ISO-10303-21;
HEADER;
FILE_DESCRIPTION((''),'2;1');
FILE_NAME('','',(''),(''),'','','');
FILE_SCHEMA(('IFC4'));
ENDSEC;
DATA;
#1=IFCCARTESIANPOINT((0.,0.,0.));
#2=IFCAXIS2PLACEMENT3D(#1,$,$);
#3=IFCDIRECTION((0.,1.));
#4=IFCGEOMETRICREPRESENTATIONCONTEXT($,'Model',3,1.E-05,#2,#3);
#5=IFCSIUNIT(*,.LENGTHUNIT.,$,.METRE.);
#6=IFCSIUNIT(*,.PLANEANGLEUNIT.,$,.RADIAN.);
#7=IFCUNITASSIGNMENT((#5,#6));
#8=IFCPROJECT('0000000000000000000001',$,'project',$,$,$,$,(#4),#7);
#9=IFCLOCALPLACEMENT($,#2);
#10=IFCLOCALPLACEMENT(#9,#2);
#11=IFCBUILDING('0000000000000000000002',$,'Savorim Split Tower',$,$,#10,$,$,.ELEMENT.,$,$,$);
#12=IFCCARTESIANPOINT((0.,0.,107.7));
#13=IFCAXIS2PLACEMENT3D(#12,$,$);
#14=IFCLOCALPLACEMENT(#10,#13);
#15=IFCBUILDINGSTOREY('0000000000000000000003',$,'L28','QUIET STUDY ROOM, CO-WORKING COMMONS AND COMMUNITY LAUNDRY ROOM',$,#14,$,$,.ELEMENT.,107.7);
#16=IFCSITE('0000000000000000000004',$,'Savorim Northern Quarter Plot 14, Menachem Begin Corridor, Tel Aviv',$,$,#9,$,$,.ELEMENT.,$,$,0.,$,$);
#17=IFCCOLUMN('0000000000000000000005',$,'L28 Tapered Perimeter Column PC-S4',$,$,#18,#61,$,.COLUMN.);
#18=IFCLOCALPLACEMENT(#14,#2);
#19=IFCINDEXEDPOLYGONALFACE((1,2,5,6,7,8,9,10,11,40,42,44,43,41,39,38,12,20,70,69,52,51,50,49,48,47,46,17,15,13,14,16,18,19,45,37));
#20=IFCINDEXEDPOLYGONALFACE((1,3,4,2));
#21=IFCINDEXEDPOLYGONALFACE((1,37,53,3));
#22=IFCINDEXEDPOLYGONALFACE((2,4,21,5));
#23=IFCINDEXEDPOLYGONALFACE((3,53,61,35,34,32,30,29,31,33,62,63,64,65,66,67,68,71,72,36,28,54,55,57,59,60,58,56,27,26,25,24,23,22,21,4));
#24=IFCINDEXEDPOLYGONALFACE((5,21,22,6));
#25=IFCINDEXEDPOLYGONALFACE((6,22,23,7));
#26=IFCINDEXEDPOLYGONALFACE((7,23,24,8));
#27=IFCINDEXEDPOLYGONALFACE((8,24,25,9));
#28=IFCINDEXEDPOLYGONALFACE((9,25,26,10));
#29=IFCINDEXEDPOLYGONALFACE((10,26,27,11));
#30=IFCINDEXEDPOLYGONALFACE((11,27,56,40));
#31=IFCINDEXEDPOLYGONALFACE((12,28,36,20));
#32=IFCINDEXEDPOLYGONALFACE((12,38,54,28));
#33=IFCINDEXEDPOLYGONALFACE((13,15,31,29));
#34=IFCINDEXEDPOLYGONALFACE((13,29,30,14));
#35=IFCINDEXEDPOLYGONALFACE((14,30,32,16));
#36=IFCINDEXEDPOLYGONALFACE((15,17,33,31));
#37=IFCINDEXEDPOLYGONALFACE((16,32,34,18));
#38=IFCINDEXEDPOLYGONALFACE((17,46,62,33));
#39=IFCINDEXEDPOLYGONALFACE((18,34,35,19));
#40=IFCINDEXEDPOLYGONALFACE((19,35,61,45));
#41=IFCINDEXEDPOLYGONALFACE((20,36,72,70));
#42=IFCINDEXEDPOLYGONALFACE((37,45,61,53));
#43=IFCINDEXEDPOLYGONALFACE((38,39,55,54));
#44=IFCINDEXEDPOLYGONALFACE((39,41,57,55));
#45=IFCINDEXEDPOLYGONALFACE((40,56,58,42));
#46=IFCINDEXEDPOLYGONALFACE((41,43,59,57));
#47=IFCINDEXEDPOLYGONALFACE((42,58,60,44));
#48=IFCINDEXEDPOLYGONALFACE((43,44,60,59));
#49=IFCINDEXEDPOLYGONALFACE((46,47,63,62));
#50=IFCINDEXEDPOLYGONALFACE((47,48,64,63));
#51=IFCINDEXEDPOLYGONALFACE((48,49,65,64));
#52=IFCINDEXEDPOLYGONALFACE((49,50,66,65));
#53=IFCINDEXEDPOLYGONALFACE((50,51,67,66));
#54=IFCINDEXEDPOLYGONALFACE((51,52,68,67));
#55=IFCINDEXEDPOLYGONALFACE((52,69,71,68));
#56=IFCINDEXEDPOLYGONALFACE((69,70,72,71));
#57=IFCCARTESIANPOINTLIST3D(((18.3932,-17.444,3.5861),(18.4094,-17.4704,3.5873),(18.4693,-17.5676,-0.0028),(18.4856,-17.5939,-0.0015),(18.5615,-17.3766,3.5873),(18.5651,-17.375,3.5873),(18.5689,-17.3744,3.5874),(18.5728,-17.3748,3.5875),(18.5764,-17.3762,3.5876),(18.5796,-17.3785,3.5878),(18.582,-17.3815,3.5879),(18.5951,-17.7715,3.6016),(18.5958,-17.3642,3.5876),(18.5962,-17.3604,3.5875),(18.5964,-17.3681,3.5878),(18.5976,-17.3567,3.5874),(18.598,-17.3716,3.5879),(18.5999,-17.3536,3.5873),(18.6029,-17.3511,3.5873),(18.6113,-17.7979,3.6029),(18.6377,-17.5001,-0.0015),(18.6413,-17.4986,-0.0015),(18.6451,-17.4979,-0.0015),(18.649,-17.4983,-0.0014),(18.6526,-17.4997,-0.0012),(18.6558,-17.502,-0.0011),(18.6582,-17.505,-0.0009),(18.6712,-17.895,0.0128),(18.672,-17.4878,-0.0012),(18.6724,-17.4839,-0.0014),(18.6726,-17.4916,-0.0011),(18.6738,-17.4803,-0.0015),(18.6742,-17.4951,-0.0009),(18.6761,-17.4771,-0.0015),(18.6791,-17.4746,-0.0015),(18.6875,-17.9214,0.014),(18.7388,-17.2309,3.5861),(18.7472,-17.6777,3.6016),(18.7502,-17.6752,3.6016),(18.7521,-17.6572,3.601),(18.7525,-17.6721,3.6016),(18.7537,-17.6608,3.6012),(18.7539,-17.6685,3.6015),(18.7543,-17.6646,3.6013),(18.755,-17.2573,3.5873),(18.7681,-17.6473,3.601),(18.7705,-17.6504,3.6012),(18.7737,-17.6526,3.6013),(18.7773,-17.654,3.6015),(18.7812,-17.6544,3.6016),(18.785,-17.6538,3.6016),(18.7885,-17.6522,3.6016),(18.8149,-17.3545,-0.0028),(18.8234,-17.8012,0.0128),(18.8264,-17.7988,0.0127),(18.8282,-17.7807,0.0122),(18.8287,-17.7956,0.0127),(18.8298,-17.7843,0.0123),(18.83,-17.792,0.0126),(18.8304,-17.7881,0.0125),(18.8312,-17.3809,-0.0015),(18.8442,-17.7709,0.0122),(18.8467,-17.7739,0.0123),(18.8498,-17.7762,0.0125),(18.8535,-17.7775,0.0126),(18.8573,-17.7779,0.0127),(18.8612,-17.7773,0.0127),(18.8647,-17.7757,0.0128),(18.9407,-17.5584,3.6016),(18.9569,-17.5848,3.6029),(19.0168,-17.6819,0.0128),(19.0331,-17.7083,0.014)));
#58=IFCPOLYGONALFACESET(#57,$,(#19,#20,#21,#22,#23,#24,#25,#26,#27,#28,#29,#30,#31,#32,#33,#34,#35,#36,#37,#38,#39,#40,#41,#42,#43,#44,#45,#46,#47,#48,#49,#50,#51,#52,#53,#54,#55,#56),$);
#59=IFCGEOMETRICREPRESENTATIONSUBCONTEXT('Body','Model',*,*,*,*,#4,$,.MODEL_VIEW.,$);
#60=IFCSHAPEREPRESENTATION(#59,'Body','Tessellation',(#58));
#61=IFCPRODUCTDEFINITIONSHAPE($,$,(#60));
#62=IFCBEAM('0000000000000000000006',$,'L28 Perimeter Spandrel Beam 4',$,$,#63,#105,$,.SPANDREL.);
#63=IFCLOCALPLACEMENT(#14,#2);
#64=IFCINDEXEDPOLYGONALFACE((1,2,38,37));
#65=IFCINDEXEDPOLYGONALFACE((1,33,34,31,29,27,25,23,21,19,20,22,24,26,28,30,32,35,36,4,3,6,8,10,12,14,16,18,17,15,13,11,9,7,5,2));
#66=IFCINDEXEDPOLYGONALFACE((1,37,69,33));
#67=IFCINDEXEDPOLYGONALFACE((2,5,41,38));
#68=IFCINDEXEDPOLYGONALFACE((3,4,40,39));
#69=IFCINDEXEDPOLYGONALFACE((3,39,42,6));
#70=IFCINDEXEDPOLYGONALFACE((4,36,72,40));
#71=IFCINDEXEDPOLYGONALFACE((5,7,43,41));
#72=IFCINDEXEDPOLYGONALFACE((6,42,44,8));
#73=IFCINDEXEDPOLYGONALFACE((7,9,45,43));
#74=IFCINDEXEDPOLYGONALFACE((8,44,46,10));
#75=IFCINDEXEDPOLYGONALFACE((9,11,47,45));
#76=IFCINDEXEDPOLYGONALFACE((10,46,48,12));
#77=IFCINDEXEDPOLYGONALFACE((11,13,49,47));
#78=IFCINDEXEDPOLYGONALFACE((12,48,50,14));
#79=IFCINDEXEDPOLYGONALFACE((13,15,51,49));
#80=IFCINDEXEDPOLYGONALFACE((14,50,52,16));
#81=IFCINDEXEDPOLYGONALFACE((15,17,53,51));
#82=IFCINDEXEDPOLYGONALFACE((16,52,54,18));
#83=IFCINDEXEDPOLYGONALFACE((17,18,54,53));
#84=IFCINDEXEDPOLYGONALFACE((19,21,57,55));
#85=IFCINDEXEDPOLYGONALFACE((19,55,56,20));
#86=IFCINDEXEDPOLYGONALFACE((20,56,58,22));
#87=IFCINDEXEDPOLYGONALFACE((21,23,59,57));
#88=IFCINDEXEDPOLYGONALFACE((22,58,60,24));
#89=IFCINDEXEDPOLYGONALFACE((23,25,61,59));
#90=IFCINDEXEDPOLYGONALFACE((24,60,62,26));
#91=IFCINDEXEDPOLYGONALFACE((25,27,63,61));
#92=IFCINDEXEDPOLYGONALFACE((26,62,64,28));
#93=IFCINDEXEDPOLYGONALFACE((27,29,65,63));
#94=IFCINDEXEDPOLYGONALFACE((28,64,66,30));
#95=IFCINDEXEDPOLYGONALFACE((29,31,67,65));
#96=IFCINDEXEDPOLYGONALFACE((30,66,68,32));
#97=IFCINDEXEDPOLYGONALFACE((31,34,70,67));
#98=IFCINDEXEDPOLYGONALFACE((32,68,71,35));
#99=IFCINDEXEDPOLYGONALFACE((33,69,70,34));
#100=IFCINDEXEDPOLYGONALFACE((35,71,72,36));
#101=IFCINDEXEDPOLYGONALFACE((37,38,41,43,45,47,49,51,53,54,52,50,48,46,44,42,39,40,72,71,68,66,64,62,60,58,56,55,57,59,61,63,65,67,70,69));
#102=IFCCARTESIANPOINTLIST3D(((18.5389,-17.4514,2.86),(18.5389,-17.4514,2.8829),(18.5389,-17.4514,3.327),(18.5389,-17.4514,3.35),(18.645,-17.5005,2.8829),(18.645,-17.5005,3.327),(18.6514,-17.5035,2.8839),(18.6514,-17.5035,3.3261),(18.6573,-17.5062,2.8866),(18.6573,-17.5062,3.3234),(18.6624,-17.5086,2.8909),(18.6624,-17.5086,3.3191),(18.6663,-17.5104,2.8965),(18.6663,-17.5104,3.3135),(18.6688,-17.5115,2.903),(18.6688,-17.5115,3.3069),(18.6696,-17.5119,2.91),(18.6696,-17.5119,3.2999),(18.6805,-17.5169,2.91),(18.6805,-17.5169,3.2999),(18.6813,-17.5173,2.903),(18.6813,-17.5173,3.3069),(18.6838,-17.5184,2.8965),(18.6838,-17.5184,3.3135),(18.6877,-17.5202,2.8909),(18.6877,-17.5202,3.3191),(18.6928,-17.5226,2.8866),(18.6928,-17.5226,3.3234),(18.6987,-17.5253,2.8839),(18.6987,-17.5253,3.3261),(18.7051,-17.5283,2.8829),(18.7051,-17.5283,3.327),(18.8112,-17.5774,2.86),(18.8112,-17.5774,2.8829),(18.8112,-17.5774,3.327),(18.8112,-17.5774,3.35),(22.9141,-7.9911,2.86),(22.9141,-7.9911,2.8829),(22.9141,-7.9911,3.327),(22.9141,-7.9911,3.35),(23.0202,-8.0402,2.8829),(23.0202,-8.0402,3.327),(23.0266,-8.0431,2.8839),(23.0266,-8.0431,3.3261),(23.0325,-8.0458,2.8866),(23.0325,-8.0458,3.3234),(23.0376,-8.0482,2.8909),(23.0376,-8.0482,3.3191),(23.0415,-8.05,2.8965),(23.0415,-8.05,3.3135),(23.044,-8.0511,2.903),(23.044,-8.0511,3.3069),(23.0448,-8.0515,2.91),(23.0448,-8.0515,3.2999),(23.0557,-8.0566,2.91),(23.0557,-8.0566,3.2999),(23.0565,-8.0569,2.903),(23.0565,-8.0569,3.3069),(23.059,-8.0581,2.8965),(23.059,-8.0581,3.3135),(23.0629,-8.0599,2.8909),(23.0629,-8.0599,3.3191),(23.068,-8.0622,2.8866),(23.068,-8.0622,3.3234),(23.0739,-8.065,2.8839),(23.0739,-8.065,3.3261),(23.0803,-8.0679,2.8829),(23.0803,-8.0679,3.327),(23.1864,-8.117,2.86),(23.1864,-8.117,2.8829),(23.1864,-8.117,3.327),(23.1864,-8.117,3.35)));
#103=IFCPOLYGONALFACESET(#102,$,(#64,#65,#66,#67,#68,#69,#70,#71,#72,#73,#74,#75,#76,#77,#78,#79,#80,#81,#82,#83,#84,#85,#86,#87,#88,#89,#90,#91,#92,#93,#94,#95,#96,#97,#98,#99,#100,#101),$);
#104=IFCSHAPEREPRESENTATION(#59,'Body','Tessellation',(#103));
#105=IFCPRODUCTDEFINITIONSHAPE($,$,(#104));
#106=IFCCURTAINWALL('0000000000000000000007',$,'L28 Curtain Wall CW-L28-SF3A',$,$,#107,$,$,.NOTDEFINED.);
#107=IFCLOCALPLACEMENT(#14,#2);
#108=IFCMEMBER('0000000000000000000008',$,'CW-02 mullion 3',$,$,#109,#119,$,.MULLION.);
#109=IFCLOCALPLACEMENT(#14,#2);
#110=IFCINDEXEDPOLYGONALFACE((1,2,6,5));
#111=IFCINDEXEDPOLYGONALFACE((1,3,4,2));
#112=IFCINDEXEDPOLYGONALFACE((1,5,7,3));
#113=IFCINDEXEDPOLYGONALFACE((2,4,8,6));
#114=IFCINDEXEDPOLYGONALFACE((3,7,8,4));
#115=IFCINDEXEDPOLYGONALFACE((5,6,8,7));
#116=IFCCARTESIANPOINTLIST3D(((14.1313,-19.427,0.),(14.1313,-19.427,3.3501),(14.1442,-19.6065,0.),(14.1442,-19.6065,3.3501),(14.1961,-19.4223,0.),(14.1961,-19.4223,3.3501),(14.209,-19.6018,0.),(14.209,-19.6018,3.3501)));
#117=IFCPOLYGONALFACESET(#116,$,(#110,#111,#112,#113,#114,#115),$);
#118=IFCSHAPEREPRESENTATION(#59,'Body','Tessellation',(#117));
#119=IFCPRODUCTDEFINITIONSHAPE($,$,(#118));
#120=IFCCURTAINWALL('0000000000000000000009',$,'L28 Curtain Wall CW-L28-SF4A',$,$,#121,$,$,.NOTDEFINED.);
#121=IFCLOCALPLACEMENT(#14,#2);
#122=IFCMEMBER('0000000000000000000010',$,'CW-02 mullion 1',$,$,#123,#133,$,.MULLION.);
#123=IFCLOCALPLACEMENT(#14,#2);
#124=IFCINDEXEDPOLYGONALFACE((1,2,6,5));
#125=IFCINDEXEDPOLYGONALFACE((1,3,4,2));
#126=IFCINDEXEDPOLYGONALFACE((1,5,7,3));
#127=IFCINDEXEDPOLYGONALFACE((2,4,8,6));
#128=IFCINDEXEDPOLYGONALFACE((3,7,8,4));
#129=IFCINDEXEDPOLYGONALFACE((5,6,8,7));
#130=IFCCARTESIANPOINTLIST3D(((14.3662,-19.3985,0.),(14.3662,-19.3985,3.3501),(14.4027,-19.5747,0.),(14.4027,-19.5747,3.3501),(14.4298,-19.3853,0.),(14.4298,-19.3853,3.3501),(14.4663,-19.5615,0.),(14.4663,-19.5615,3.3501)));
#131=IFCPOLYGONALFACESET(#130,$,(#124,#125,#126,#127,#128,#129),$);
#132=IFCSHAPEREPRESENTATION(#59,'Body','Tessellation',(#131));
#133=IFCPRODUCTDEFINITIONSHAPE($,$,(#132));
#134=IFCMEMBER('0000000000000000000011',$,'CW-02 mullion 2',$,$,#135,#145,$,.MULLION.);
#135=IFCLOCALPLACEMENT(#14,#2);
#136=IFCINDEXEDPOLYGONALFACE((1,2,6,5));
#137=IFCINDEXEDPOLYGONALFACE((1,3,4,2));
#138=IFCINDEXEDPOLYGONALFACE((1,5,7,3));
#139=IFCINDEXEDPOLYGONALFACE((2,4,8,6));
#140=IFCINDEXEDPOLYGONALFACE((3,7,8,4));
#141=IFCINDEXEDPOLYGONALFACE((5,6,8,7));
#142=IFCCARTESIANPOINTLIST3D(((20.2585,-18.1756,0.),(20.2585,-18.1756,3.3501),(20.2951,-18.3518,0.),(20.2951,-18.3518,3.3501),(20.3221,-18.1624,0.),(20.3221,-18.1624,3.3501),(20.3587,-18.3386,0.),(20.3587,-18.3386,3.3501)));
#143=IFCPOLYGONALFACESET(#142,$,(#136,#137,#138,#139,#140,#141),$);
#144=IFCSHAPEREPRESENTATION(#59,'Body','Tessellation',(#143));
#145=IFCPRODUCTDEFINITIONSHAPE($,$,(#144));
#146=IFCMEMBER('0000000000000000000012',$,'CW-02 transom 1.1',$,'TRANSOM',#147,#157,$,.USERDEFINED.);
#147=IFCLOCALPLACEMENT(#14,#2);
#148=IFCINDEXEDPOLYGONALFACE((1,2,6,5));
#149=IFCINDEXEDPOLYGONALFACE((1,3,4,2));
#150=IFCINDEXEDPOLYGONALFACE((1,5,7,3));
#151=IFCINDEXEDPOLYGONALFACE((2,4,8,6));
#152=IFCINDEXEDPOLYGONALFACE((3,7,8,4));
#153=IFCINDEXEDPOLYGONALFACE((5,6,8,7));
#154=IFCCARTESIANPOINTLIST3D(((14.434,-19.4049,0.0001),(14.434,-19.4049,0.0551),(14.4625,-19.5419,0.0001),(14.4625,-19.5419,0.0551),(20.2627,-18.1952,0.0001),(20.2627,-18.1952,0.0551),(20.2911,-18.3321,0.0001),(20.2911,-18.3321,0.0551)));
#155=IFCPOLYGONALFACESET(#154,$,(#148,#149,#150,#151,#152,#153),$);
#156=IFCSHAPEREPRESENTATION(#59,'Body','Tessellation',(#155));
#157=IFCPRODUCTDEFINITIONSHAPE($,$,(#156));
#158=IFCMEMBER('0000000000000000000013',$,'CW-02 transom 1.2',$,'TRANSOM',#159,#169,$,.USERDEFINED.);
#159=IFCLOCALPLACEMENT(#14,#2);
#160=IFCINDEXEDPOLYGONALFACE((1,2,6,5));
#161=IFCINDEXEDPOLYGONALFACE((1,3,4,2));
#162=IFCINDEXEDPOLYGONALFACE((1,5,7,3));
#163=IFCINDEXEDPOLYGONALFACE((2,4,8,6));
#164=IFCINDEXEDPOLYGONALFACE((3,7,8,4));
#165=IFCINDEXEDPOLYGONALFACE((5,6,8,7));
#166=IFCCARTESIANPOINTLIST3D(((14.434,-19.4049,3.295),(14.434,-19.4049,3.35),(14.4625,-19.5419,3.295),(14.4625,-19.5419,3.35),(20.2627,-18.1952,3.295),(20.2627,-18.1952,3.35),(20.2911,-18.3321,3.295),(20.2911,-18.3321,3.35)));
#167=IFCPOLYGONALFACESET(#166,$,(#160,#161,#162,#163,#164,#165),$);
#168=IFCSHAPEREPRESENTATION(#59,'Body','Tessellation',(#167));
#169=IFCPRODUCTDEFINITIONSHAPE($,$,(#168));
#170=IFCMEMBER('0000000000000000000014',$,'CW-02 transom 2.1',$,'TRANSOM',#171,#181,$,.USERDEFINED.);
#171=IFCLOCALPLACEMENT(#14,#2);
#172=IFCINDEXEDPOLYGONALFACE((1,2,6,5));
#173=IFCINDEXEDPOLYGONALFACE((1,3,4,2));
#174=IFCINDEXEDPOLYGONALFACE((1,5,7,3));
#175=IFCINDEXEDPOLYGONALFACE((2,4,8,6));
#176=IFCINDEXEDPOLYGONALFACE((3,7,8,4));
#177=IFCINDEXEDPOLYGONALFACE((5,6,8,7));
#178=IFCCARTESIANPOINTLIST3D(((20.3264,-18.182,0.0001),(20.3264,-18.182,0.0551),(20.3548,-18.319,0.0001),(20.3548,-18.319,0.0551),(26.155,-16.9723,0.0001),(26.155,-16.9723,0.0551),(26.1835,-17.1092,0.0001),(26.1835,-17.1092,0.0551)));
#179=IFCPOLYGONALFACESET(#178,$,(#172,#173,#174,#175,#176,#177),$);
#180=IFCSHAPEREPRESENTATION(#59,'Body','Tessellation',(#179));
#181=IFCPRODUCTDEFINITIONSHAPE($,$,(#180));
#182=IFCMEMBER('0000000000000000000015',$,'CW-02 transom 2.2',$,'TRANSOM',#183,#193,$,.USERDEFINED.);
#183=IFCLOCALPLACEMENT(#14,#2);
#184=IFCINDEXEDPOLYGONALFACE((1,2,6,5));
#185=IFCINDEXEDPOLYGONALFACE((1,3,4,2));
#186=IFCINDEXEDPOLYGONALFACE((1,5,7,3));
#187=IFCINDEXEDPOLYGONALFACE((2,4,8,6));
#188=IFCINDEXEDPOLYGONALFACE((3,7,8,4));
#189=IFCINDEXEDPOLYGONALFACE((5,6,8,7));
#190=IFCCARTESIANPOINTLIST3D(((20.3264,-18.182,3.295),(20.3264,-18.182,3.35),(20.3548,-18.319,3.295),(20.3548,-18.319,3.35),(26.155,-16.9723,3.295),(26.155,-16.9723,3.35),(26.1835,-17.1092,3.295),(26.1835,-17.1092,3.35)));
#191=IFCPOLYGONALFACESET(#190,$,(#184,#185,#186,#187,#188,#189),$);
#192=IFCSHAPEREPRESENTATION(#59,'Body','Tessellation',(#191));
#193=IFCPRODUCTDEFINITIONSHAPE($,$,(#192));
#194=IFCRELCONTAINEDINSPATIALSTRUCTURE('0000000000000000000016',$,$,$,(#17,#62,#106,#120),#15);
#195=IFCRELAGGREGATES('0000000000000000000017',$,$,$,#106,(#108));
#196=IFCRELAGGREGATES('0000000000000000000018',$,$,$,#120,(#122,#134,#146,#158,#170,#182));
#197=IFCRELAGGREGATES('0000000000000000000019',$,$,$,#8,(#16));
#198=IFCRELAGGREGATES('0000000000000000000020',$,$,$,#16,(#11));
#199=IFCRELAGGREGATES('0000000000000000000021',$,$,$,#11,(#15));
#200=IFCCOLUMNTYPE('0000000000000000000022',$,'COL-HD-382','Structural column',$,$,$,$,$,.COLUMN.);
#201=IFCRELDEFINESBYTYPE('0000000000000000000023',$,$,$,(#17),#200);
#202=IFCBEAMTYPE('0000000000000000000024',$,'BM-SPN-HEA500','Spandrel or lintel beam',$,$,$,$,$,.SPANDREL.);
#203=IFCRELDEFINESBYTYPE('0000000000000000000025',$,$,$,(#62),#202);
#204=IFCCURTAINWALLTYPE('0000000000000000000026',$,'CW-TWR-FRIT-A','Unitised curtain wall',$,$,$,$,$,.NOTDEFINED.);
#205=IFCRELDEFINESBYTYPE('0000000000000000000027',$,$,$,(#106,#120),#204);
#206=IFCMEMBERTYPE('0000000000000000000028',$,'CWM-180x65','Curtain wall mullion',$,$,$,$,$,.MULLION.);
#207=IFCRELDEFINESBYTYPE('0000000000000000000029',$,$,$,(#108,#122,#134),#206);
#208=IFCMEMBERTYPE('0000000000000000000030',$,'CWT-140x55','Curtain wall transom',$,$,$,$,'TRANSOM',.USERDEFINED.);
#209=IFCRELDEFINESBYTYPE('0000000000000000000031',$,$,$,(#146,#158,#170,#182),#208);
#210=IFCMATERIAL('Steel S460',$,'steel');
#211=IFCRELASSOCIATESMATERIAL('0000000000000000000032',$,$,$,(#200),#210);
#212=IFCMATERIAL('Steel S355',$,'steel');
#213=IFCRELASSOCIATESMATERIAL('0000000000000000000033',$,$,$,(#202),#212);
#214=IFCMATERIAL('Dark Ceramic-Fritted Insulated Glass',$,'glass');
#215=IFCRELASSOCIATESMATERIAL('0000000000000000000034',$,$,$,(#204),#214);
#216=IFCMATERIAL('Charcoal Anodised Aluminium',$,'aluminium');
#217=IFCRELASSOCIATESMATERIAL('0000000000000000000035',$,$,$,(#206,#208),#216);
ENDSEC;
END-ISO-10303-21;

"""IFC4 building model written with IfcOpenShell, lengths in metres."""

from ifc_helpers import new_model, si_unit, direction, frame, origin, origin_2d, place, context, subcontext, project, spatial, rectangle, i_section, extrude, material, material_profile, profile_set, type_object, element, aggregate, save


model = new_model("IFC4")

# Units and contexts
model_context = context("Model", 3, precision=1e-05, world=origin(), true_north=direction((0.0, 1.0)))
body_context = subcontext(model_context, "Body", "Model", "MODEL_VIEW")
ifc_project = project(units=[si_unit("LENGTHUNIT", "METRE"), si_unit("PLANEANGLEUNIT", "RADIAN")], contexts=[model_context])

# Site, building, storey
site_placement = place(None, origin())
site = spatial("IfcSite", under=ifc_project, at=site_placement, Name="Savorim Northern Quarter Plot 14, Menachem Begin Corridor, Tel Aviv", CompositionType="ELEMENT", RefElevation=0.0)
building_placement = place(site_placement, origin())
building = spatial("IfcBuilding", under=site, at=building_placement, Name="Savorim Split Tower", CompositionType="ELEMENT")
storey_placement = place(building_placement, frame((0.0, 0.0, 107.7)))
storey = spatial("IfcBuildingStorey", under=building, at=storey_placement, Name="L28", Description="QUIET STUDY ROOM, CO-WORKING COMMONS AND COMMUNITY LAUNDRY ROOM", CompositionType="ELEMENT", Elevation=107.7)

# Column
ifc_material_1 = material(Name="Steel S460", Category="steel")
ifc_material_profile_1 = material_profile(ifc_material_1, i_section(OverallWidth=0.406, OverallDepth=0.416, WebThickness=0.0188, FlangeThickness=0.031, FilletRadius=0.0149, at=origin_2d()), Name="HD 400x382")
ifc_profile_set_1 = profile_set([ifc_material_profile_1], Name="Steel S460")
column_type = type_object("IfcColumnType", Name="COL-HD-382", Description="Structural column", PredefinedType="COLUMN", material=ifc_profile_set_1)
column_placement = place(storey_placement, frame((18.7512, -17.6379, 0.0056), z_axis=(-0.021207, 0.034394, 0.999183), x_axis=(-0.851196, -0.524848, 0.0)))
element("IfcColumn", 1, at=column_placement, inside=storey, type_object=column_type, Name="L28 Tapered Perimeter Column PC-S4", PredefinedType="COLUMN", context=body_context, shape_type="SweptSolid", body=[
    extrude(i_section(OverallWidth=0.406, OverallDepth=0.416, WebThickness=0.0188, FlangeThickness=0.031, FilletRadius=0.0149, at=origin_2d()), origin(), (0.0, 0.0, 1.0), 3.5918),
])

# Beam
ifc_material_2 = material(Name="Steel S355", Category="steel")
ifc_material_profile_2 = material_profile(ifc_material_2, i_section(OverallWidth=0.3, OverallDepth=0.49, WebThickness=0.012, FlangeThickness=0.0229, FilletRadius=0.0271, at=origin_2d()), Name="HEA 500")
ifc_profile_set_2 = profile_set([ifc_material_profile_2], Name="Steel S355")
beam_type = type_object("IfcBeamType", Name="BM-SPN-HEA500", Description="Spandrel or lintel beam", PredefinedType="SPANDREL", material=ifc_profile_set_2)
beam_placement = place(storey_placement, frame((18.675, -17.5144, 3.105), z_axis=(0.419761, 0.907635, 0.0), x_axis=(-0.907635, 0.419761, 0.0)))
element("IfcBeam", 2, at=beam_placement, inside=storey, type_object=beam_type, Name="L28 Perimeter Spandrel Beam 4", PredefinedType="SPANDREL", context=body_context, shape_type="SweptSolid", body=[
    extrude(i_section(OverallWidth=0.3, OverallDepth=0.49, WebThickness=0.012, FlangeThickness=0.0229, FilletRadius=0.0271, at=origin_2d()), origin(), (0.0, 0.0, 1.0), 10.4231),
])

# Curtain wall, member
ifc_material_3 = material(Name="Dark Ceramic-Fritted Insulated Glass", Category="glass")
curtain_wall_type = type_object("IfcCurtainWallType", Name="CW-TWR-FRIT-A", Description="Unitised curtain wall", PredefinedType="NOTDEFINED", material=ifc_material_3)
curtain_wall_1_placement = place(storey_placement, origin())
curtain_wall_1 = element("IfcCurtainWall", 3, at=curtain_wall_1_placement, inside=storey, type_object=curtain_wall_type, Name="L28 Curtain Wall CW-L28-SF3A", PredefinedType="NOTDEFINED")
ifc_material_4 = material(Name="Charcoal Anodised Aluminium", Category="aluminium")
ifc_material_profile_3 = material_profile(ifc_material_4, rectangle(XDim=0.1799, YDim=0.0649, at=origin_2d()), Name="ALU-M 180x65")
ifc_profile_set_3 = profile_set([ifc_material_profile_3], Name="Charcoal Anodised Aluminium")
member_type_1 = type_object("IfcMemberType", Name="CWM-180x65", Description="Curtain wall mullion", PredefinedType="MULLION", material=ifc_profile_set_3)
member_1_placement = place(storey_placement, frame((14.1702, -19.5144, 0.0), z_axis=(0.0, 0.0, 1.0), x_axis=(-0.071559, 0.997436, 0.0)))
member_1 = element("IfcMember", 4, at=member_1_placement, type_object=member_type_1, Name="CW-02 mullion 3", PredefinedType="MULLION", context=body_context, shape_type="SweptSolid", body=[
    extrude(rectangle(XDim=0.1799, YDim=0.0649, at=origin_2d()), origin(), (0.0, 0.0, 1.0), 3.3501),
])
aggregate(curtain_wall_1, [member_1])

# Curtain wall, members
curtain_wall_2_placement = place(storey_placement, origin())
curtain_wall_2 = element("IfcCurtainWall", 5, at=curtain_wall_2_placement, inside=storey, type_object=curtain_wall_type, Name="L28 Curtain Wall CW-L28-SF4A", PredefinedType="NOTDEFINED")
member_2_placement = place(storey_placement, frame((14.4163, -19.48, 0.0), z_axis=(0.0, 0.0, 1.0), x_axis=(-0.203216, 0.979134, 0.0)))
member_2 = element("IfcMember", 6, at=member_2_placement, type_object=member_type_1, Name="CW-02 mullion 1", PredefinedType="MULLION", context=body_context, shape_type="SweptSolid", body=[
    extrude(rectangle(XDim=0.1799, YDim=0.0649, at=origin_2d()), origin(), (0.0, 0.0, 1.0), 3.3501),
])
member_3_placement = place(storey_placement, frame((20.3086, -18.2571, 0.0), z_axis=(0.0, 0.0, 1.0), x_axis=(-0.203216, 0.979134, 0.0)))
member_3 = element("IfcMember", 7, at=member_3_placement, type_object=member_type_1, Name="CW-02 mullion 2", PredefinedType="MULLION", context=body_context, shape_type="SweptSolid", body=[
    extrude(rectangle(XDim=0.1799, YDim=0.0649, at=origin_2d()), origin(), (0.0, 0.0, 1.0), 3.3501),
])
ifc_material_profile_4 = material_profile(ifc_material_4, rectangle(XDim=0.1399, YDim=0.0549, at=origin_2d()), Name="ALU-T 140x55")
ifc_profile_set_4 = profile_set([ifc_material_profile_4], Name="Charcoal Anodised Aluminium")
member_type_2 = type_object("IfcMemberType", Name="CWT-140x55", Description="Curtain wall transom", ElementType="TRANSOM", PredefinedType="USERDEFINED", material=ifc_profile_set_4)
member_4_placement = place(storey_placement, frame((14.4482, -19.4734, 0.0276), z_axis=(0.979134, 0.203217, 0.0), x_axis=(-0.203217, 0.979134, 0.0)))
member_4 = element("IfcMember", 8, at=member_4_placement, type_object=member_type_2, Name="CW-02 transom 1.1", ObjectType="TRANSOM", PredefinedType="USERDEFINED", context=body_context, shape_type="SweptSolid", body=[
    extrude(rectangle(XDim=0.1399, YDim=0.0549, at=origin_2d()), origin(), (0.0, 0.0, 1.0), 5.9529),
])
member_5_placement = place(storey_placement, frame((14.4482, -19.4734, 3.3225), z_axis=(0.979134, 0.203217, 0.0), x_axis=(-0.203217, 0.979134, 0.0)))
member_5 = element("IfcMember", 9, at=member_5_placement, type_object=member_type_2, Name="CW-02 transom 1.2", ObjectType="TRANSOM", PredefinedType="USERDEFINED", context=body_context, shape_type="SweptSolid", body=[
    extrude(rectangle(XDim=0.1399, YDim=0.0549, at=origin_2d()), origin(), (0.0, 0.0, 1.0), 5.9529),
])
member_6_placement = place(storey_placement, frame((20.3406, -18.2505, 0.0276), z_axis=(0.979134, 0.203217, 0.0), x_axis=(-0.203217, 0.979134, 0.0)))
member_6 = element("IfcMember", 10, at=member_6_placement, type_object=member_type_2, Name="CW-02 transom 2.1", ObjectType="TRANSOM", PredefinedType="USERDEFINED", context=body_context, shape_type="SweptSolid", body=[
    extrude(rectangle(XDim=0.1399, YDim=0.0549, at=origin_2d()), origin(), (0.0, 0.0, 1.0), 5.9529),
])
member_7_placement = place(storey_placement, frame((20.3406, -18.2505, 3.3225), z_axis=(0.979134, 0.203217, 0.0), x_axis=(-0.203217, 0.979134, 0.0)))
member_7 = element("IfcMember", 11, at=member_7_placement, type_object=member_type_2, Name="CW-02 transom 2.2", ObjectType="TRANSOM", PredefinedType="USERDEFINED", context=body_context, shape_type="SweptSolid", body=[
    extrude(rectangle(XDim=0.1399, YDim=0.0549, at=origin_2d()), origin(), (0.0, 0.0, 1.0), 5.9529),
])
aggregate(curtain_wall_2, [member_2, member_3, member_4, member_5, member_6, member_7])

save(model, "model.ifc")
